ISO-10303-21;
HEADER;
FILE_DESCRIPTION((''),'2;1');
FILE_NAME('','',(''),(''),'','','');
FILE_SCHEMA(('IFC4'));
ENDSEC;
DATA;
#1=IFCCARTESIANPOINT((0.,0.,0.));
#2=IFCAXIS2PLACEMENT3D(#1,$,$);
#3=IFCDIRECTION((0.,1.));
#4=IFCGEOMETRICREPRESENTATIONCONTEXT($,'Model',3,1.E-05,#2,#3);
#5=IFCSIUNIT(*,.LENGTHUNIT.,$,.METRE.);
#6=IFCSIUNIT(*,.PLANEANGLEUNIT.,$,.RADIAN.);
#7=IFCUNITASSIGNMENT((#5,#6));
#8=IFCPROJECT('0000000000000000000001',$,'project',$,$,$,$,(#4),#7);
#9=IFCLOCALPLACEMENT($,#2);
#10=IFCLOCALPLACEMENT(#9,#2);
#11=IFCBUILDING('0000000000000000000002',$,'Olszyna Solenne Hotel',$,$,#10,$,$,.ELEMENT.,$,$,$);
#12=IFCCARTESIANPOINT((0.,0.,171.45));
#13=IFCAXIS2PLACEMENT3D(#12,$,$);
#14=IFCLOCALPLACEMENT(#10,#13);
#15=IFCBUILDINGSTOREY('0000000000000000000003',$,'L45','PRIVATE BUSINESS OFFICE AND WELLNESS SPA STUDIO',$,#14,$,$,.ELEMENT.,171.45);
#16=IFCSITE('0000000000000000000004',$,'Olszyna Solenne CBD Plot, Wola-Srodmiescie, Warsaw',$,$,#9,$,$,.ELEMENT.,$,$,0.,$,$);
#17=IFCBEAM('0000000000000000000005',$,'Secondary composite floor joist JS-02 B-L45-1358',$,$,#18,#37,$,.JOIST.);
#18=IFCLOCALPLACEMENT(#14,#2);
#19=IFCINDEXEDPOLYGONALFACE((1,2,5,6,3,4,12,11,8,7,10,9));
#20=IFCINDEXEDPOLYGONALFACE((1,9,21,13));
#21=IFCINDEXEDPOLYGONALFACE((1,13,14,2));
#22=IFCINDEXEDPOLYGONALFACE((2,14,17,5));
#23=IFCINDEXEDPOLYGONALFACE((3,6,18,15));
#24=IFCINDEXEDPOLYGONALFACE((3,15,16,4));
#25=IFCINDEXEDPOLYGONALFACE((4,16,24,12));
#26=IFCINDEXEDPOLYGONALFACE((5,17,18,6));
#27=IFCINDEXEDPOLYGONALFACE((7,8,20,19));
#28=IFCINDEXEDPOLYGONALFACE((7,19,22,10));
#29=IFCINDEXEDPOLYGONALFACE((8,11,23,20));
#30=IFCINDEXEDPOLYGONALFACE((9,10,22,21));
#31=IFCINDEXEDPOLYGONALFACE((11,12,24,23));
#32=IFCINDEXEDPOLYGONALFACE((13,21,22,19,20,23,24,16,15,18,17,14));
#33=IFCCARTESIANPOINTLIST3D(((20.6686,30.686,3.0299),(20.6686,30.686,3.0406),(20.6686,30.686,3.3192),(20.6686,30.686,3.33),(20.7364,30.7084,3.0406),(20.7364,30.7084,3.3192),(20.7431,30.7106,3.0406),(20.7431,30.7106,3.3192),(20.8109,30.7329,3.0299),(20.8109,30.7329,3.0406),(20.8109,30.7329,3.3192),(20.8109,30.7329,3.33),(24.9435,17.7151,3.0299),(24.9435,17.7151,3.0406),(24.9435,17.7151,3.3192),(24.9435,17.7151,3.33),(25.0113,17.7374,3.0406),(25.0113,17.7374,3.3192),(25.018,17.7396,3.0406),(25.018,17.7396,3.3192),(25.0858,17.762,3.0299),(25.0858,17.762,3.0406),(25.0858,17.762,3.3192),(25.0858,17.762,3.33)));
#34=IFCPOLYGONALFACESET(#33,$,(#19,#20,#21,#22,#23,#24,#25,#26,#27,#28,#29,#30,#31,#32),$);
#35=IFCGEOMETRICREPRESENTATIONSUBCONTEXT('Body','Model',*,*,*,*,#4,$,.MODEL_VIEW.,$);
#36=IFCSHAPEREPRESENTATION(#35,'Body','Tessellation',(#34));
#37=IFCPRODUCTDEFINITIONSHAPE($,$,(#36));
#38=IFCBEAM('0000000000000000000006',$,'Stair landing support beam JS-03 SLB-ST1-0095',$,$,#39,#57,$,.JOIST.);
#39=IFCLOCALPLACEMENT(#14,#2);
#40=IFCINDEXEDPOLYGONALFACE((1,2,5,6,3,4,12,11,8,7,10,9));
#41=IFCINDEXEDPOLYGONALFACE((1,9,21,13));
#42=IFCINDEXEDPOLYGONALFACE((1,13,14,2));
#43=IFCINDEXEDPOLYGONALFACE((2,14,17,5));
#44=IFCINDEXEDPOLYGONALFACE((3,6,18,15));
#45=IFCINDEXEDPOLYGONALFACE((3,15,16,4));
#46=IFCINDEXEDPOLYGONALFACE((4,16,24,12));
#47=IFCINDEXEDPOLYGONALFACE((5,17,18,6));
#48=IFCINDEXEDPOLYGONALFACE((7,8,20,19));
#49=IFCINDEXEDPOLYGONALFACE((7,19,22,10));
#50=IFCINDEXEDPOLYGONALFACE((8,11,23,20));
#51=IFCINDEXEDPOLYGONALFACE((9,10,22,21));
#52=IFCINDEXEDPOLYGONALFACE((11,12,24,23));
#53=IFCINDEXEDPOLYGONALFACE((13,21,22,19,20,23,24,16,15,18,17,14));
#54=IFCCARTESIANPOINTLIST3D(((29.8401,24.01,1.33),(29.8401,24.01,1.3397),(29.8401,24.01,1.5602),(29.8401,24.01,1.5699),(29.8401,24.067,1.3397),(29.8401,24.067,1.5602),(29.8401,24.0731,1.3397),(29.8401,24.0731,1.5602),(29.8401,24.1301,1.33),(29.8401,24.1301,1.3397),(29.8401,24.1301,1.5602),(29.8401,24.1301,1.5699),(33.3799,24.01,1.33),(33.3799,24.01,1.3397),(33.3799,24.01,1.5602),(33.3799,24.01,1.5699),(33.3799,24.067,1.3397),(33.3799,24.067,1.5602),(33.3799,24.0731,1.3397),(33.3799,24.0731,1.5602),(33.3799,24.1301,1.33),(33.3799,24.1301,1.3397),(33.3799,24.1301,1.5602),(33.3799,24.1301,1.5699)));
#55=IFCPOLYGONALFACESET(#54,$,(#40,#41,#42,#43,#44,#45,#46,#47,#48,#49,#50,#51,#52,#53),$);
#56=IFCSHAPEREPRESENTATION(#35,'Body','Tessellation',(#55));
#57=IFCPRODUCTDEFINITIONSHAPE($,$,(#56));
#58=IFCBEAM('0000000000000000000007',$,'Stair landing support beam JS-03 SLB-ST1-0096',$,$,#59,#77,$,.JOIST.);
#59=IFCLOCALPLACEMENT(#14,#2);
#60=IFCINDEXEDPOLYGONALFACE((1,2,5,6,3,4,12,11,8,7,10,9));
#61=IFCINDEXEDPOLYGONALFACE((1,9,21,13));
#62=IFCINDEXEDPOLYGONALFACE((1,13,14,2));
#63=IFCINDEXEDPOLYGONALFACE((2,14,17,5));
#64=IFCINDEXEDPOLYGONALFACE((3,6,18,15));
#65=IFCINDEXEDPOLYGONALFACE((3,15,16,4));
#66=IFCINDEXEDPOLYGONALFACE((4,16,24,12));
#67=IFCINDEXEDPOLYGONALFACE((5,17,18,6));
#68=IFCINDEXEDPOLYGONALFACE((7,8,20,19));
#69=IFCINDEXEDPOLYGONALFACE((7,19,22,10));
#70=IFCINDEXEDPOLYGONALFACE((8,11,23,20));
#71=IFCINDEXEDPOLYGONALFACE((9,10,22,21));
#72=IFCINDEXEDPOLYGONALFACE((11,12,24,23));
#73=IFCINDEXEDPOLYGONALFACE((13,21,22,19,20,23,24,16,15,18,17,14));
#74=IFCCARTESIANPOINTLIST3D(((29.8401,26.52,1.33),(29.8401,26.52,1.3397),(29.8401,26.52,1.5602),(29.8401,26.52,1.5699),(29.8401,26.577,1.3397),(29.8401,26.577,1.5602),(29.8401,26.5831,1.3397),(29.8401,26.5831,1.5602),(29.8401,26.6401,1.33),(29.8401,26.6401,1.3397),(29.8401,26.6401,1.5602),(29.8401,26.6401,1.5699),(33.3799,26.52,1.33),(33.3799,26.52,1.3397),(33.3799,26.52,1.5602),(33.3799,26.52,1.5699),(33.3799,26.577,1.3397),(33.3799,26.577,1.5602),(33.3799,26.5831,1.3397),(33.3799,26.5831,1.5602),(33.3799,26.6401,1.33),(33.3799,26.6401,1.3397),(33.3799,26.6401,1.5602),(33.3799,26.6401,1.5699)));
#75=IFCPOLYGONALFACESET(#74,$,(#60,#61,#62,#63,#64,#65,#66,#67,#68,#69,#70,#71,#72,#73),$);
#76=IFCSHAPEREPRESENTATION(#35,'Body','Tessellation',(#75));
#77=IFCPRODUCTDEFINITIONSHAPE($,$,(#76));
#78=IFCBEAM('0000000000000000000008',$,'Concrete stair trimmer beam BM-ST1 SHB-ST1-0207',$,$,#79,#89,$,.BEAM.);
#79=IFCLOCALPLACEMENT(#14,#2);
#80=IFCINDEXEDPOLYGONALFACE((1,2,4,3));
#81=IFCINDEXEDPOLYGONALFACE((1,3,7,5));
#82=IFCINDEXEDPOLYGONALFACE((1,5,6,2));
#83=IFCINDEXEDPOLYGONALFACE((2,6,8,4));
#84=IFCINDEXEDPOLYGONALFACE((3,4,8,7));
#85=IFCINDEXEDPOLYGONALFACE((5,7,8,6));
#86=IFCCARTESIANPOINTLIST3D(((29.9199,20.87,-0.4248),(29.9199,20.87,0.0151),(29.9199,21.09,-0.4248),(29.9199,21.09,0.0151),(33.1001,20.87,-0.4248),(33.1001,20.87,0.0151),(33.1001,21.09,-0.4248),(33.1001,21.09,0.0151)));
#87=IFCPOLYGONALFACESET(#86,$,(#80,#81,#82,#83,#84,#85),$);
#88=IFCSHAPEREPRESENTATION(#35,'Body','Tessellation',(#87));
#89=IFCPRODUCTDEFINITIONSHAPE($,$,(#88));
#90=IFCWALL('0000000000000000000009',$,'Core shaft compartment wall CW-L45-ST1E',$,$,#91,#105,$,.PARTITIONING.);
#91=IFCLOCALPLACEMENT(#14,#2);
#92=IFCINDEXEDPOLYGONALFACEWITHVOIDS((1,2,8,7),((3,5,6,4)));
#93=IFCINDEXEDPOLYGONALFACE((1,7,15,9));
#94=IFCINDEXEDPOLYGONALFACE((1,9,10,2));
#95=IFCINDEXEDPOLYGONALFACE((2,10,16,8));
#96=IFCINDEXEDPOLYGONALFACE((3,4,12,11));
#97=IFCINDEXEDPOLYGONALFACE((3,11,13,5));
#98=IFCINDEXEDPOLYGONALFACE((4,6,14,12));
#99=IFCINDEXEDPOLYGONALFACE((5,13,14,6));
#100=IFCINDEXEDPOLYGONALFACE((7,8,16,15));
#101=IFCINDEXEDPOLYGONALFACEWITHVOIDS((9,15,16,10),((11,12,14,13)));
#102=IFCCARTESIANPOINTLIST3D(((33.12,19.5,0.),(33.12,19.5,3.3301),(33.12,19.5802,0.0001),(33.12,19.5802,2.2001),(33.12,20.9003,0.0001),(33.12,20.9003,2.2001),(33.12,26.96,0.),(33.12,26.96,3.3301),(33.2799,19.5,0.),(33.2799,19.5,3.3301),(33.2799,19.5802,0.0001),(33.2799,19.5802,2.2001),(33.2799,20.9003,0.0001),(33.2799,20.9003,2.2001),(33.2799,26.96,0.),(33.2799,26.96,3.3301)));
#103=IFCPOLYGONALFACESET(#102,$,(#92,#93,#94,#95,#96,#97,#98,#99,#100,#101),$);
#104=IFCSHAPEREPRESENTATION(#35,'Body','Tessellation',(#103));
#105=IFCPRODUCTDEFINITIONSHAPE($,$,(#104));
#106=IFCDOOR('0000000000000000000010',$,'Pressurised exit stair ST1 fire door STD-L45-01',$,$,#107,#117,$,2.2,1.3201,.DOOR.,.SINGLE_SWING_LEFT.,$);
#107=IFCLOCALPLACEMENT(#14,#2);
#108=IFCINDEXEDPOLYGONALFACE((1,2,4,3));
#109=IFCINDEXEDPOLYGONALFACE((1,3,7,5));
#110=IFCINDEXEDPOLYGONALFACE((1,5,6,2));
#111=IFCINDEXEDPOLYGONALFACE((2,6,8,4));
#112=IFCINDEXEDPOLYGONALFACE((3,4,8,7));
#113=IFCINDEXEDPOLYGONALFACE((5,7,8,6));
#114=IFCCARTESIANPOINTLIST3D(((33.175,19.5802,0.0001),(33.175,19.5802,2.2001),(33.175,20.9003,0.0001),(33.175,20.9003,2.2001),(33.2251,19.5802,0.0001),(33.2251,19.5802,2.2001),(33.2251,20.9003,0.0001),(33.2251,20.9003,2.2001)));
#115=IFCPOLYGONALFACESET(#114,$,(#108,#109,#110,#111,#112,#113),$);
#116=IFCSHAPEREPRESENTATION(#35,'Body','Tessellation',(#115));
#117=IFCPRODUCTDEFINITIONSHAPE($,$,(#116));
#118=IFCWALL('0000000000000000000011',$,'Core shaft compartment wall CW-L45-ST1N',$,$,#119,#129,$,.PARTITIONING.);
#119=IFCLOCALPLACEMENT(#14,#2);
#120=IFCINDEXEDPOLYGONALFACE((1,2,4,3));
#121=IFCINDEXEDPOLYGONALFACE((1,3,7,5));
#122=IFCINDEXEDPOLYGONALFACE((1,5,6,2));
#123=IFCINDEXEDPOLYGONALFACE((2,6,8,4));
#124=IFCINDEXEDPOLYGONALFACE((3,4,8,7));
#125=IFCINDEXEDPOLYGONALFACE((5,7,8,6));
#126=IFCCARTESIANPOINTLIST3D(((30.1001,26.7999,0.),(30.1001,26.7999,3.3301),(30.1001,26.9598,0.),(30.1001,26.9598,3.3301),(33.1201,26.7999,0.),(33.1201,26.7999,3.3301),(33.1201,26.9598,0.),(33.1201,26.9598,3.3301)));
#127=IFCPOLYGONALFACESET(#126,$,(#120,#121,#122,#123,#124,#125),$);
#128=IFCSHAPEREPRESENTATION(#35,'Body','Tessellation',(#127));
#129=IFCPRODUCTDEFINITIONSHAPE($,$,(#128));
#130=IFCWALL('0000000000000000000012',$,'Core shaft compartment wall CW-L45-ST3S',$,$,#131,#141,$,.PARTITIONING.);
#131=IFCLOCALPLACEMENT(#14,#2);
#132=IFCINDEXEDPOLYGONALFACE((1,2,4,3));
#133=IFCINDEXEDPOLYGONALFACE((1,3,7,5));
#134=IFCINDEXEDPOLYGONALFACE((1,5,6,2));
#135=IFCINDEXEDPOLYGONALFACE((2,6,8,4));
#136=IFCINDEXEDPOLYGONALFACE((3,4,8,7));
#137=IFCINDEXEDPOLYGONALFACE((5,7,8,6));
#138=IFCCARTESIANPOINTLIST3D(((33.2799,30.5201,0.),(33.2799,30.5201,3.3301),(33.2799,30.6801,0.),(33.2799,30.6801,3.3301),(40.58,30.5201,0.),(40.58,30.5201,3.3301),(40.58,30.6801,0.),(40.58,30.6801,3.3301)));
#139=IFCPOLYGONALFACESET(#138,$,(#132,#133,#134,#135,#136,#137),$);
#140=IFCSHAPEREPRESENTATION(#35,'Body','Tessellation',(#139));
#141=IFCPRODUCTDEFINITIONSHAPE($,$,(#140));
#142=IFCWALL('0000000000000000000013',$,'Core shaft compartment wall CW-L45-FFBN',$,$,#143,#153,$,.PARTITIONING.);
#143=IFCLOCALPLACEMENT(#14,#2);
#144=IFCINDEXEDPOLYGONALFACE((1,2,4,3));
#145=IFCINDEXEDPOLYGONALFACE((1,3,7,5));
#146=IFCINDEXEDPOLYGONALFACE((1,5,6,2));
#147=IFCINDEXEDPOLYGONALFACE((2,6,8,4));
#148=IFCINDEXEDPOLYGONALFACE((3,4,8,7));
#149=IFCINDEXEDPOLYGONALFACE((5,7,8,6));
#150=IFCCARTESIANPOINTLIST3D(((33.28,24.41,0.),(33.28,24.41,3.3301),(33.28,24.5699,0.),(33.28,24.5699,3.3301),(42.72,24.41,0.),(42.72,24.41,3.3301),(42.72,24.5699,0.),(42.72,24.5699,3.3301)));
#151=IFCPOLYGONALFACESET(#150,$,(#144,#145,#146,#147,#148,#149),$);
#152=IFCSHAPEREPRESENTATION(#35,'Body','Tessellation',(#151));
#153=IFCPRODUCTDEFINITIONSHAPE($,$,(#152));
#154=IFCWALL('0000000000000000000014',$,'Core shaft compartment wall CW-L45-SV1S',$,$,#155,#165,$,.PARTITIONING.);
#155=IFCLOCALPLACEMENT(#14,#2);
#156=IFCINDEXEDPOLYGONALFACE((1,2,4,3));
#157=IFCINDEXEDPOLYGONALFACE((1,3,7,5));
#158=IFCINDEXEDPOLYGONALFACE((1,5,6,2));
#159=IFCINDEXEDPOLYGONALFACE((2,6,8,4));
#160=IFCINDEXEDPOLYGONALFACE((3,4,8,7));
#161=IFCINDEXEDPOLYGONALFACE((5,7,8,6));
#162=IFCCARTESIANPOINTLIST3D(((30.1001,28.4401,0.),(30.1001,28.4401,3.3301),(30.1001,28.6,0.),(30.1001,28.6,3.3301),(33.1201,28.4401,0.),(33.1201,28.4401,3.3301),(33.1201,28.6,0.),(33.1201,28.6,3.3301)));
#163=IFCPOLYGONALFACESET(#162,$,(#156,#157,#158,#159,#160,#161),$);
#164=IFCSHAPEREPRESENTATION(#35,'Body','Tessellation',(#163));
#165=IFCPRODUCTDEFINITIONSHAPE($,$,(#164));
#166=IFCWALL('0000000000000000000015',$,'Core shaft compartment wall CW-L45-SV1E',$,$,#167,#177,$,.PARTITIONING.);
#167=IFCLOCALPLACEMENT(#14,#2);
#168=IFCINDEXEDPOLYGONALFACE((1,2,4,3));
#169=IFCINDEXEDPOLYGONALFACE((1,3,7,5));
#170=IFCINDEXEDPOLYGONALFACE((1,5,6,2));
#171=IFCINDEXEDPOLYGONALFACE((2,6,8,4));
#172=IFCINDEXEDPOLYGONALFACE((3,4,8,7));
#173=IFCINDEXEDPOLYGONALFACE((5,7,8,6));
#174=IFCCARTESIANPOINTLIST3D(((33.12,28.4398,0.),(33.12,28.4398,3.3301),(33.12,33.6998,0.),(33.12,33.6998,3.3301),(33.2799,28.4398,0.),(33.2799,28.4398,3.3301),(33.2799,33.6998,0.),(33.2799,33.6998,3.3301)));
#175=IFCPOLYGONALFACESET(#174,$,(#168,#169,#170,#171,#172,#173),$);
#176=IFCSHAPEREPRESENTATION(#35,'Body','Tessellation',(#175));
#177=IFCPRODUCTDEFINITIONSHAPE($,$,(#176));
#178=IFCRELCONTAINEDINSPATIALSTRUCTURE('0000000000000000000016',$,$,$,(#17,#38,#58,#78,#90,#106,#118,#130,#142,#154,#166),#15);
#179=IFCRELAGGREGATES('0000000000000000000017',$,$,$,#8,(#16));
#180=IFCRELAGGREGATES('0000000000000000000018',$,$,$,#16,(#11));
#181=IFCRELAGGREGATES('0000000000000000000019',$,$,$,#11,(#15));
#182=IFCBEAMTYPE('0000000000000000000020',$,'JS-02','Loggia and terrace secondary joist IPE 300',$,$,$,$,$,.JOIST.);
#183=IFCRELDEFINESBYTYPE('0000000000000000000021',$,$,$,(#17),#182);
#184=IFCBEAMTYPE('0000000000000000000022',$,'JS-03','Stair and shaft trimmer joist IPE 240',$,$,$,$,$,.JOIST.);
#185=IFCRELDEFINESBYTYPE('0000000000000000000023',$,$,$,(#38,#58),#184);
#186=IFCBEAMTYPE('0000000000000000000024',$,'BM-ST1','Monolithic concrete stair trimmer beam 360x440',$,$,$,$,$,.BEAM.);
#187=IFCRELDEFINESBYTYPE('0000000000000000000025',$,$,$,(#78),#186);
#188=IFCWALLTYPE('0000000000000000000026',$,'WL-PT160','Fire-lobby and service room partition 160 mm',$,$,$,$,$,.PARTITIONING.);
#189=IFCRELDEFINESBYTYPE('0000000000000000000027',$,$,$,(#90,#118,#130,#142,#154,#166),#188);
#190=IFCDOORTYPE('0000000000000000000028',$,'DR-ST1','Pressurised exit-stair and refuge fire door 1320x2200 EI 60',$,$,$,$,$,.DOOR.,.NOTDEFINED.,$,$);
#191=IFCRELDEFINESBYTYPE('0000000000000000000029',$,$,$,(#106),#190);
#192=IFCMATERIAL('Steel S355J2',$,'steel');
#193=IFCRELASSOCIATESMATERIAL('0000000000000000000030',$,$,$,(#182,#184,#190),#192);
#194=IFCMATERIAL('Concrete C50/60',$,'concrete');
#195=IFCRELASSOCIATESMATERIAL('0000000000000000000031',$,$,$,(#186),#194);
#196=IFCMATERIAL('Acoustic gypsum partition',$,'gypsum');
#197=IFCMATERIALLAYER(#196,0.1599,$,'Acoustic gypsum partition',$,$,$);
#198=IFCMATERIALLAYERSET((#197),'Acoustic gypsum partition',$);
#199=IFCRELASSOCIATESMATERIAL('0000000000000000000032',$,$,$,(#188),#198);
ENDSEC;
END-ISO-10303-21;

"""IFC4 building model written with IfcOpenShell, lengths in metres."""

from ifc_helpers import new_model, si_unit, direction, frame, frame_2d, origin, origin_2d, place, context, subcontext, project, spatial, rectangle, i_section, extrude, source, transform, mapped, material, layer, layer_set, material_profile, profile_set, type_object, type_shapes, element, fill, save


model = new_model("IFC4")

# Units and contexts
model_context = context("Model", 3, precision=1e-05, world=origin(), true_north=direction((0.0, 1.0)))
body_context = subcontext(model_context, "Body", "Model", "MODEL_VIEW")
ifc_project = project(units=[si_unit("LENGTHUNIT", "METRE"), si_unit("PLANEANGLEUNIT", "RADIAN")], contexts=[model_context])

# Site, building, storey
site_placement = place(None, origin())
site = spatial("IfcSite", under=ifc_project, at=site_placement, Name="Olszyna Solenne CBD Plot, Wola-Srodmiescie, Warsaw", CompositionType="ELEMENT", RefElevation=0.0)
building_placement = place(site_placement, origin())
building = spatial("IfcBuilding", under=site, at=building_placement, Name="Olszyna Solenne Hotel", CompositionType="ELEMENT")
storey_placement = place(building_placement, frame((0.0, 0.0, 171.45)))
storey = spatial("IfcBuildingStorey", under=building, at=storey_placement, Name="L45", Description="PRIVATE BUSINESS OFFICE AND WELLNESS SPA STUDIO", CompositionType="ELEMENT", Elevation=171.45)

# Beams
ifc_material_1 = material(Name="Steel S355J2", Category="steel")
ifc_material_profile_1 = material_profile(ifc_material_1, i_section(OverallWidth=0.1499, OverallDepth=0.3, WebThickness=0.0071, FlangeThickness=0.0107, at=origin_2d()), Name="IPE 300", Category="load-bearing")
ifc_profile_set_1 = profile_set([ifc_material_profile_1], Name="Steel S355J2")
beam_type_1 = type_object("IfcBeamType", Name="JS-02", Description="Loggia and terrace secondary joist IPE 300", PredefinedType="JOIST", material=ifc_profile_set_1)
shared_shape_1 = source(origin(), body_context, "Body", "SweptSolid", [
    extrude(i_section(OverallWidth=0.1499, OverallDepth=0.3, WebThickness=0.0071, FlangeThickness=0.0107, at=origin_2d()), origin(), (0.0, 0.0, 1.0), 13.6572),
])
beam_1_placement = place(storey_placement, frame((20.7397, 30.7095, 3.1799), z_axis=(0.313014, -0.949749, 0.0), x_axis=(0.949749, 0.313014, 0.0)))
element("IfcBeam", 1, at=beam_1_placement, inside=storey, type_object=beam_type_1, Name="Secondary composite floor joist JS-02 B-L45-1358", PredefinedType="JOIST", context=body_context, shape_type="MappedRepresentation", body=[
    mapped(shared_shape_1, transform((0.0, 0.0, 0.0), x_axis=(1.0, 0.0, 0.0), y_axis=(0.0, 1.0, 0.0), z_axis=(0.0, 0.0, 1.0), scale=1.0)),
])
ifc_material_profile_2 = material_profile(ifc_material_1, i_section(OverallWidth=0.1201, OverallDepth=0.24, WebThickness=0.0061, FlangeThickness=0.0098, at=origin_2d()), Name="IPE 240", Category="load-bearing")
ifc_profile_set_2 = profile_set([ifc_material_profile_2], Name="Steel S355J2")
beam_type_2 = type_object("IfcBeamType", Name="JS-03", Description="Stair and shaft trimmer joist IPE 240", PredefinedType="JOIST", material=ifc_profile_set_2)
shared_shape_2 = source(origin(), body_context, "Body", "SweptSolid", [
    extrude(i_section(OverallWidth=0.1201, OverallDepth=0.24, WebThickness=0.0061, FlangeThickness=0.0098, at=origin_2d()), origin(), (0.0, 0.0, 1.0), 3.5398),
])
for number, where, z_axis, x_axis, name in (
    (2, (33.3799, 24.0701, 1.45), (-1.0, 0.0, 0.0), (0.0, -1.0, 0.0), "Stair landing support beam JS-03 SLB-ST1-0095"),
    (3, (33.3799, 26.5801, 1.45), (-1.0, 0.0, 0.0), (0.0, -1.0, 0.0), "Stair landing support beam JS-03 SLB-ST1-0096"),
):
    element("IfcBeam", number, at=place(storey_placement, frame(where, z_axis=z_axis, x_axis=x_axis)), inside=storey, type_object=beam_type_2, Name=name, PredefinedType="JOIST", context=body_context, shape_type="MappedRepresentation", body=[
        mapped(shared_shape_2, transform((0.0, 0.0, 0.0), x_axis=(1.0, 0.0, 0.0), y_axis=(0.0, 1.0, 0.0), z_axis=(0.0, 0.0, 1.0), scale=1.0)),
    ])
ifc_material_2 = material(Name="Concrete C50/60", Category="concrete")
ifc_material_profile_3 = material_profile(ifc_material_2, rectangle(XDim=0.22, YDim=0.4399, at=origin_2d()), Name="RC 220x440", Category="load-bearing")
ifc_profile_set_3 = profile_set([ifc_material_profile_3], Name="Concrete C50/60")
beam_type_3 = type_object("IfcBeamType", Name="BM-ST1", Description="Monolithic concrete stair trimmer beam 360x440", PredefinedType="BEAM", material=ifc_profile_set_3)
shared_shape_3 = source(origin(), body_context, "Body", "SweptSolid", [
    extrude(rectangle(XDim=0.22, YDim=0.4399, at=origin_2d()), origin(), (0.0, 0.0, 1.0), 3.1802),
])
beam_2_placement = place(storey_placement, frame((33.1001, 20.98, -0.2048), z_axis=(-1.0, 0.0, 0.0), x_axis=(0.0, -1.0, 0.0)))
element("IfcBeam", 4, at=beam_2_placement, inside=storey, type_object=beam_type_3, Name="Concrete stair trimmer beam BM-ST1 SHB-ST1-0207", PredefinedType="BEAM", context=body_context, shape_type="MappedRepresentation", body=[
    mapped(shared_shape_3, transform((0.0, 0.0, 0.0), x_axis=(1.0, 0.0, 0.0), y_axis=(0.0, 1.0, 0.0), z_axis=(0.0, 0.0, 1.0), scale=1.0)),
])

# Wall, opening, door
ifc_material_3 = material(Name="Acoustic gypsum partition", Category="gypsum")
ifc_layer_1 = layer(ifc_material_3, 0.1599, Name="Acoustic gypsum partition")
ifc_layer_set_1 = layer_set([ifc_layer_1], Name="Acoustic gypsum partition")
wall_type_1 = type_object("IfcWallType", Name="WL-PT160", Description="Fire-lobby and service room partition 160 mm", PredefinedType="PARTITIONING", material=ifc_layer_set_1)
wall_1_placement = place(storey_placement, frame((33.2, 19.5, 0.0), z_axis=(0.0, 0.0, 1.0), x_axis=(0.0, 1.0, 0.0)))
wall_1 = element("IfcWall", 5, at=wall_1_placement, inside=storey, type_object=wall_type_1, Name="Core shaft compartment wall CW-L45-ST1E", PredefinedType="PARTITIONING", context=body_context, shape_type="SweptSolid", body=[
    extrude(rectangle(XDim=7.46, YDim=0.1599, at=frame_2d((3.73, 0.0))), origin(), (0.0, 0.0, 1.0), 3.3301),
])
opening_1_placement = place(wall_1_placement, frame((0.0801, 0.0, 0.0)))
opening_1 = element("IfcOpeningElement", 6, at=opening_1_placement, cuts=wall_1, PredefinedType="OPENING", context=body_context, shape_type="SweptSolid", body=[
    extrude(rectangle(XDim=1.3201, YDim=2.2, at=frame_2d((0.6602, 1.1001))), frame((0.0, 0.0898, 0.0), z_axis=(0.0, -1.0, 0.0), x_axis=(1.0, 0.0, 0.0)), (0.0, 0.0, 1.0), 0.1799),
])
door_type_1 = type_object("IfcDoorType", Name="DR-ST1", Description="Pressurised exit-stair and refuge fire door 1320x2200 EI 60", OperationType="NOTDEFINED", PredefinedType="DOOR", material=ifc_material_1)
shared_shape_4 = source(origin(), body_context, "Body", "SweptSolid", [
    extrude(rectangle(XDim=1.3201, YDim=2.2, at=frame_2d((0.6602, 1.1001))), frame((0.0, 0.0249, 0.0), z_axis=(0.0, -1.0, 0.0), x_axis=(1.0, 0.0, 0.0)), (0.0, 0.0, 1.0), 0.05),
])
type_shapes(door_type_1, [shared_shape_4])
door_1_placement = place(opening_1_placement, origin())
door_1 = element("IfcDoor", 7, at=door_1_placement, inside=storey, type_object=door_type_1, Name="Pressurised exit stair ST1 fire door STD-L45-01", OperationType="SINGLE_SWING_LEFT", OverallHeight=2.2, OverallWidth=1.3201, PredefinedType="DOOR", context=body_context, shape_type="MappedRepresentation", body=[
    mapped(shared_shape_4, transform((0.0, 0.0, 0.0), x_axis=(1.0, 0.0, 0.0), y_axis=(0.0, 1.0, 0.0), z_axis=(0.0, 0.0, 1.0), scale=1.0)),
])
fill(opening_1, door_1)

# Walls
wall_2_placement = place(storey_placement, frame((30.1001, 26.8799, 0.0), z_axis=(0.0, 0.0, 1.0), x_axis=(1.0, 0.0, 0.0)))
element("IfcWall", 8, at=wall_2_placement, inside=storey, type_object=wall_type_1, Name="Core shaft compartment wall CW-L45-ST1N", PredefinedType="PARTITIONING", context=body_context, shape_type="SweptSolid", body=[
    extrude(rectangle(XDim=3.02, YDim=0.1599, at=frame_2d((1.51, 0.0))), origin(), (0.0, 0.0, 1.0), 3.3301),
])
wall_3_placement = place(storey_placement, frame((33.28, 30.6001, 0.0), z_axis=(0.0, 0.0, 1.0), x_axis=(1.0, 0.0, 0.0)))
element("IfcWall", 9, at=wall_3_placement, inside=storey, type_object=wall_type_1, Name="Core shaft compartment wall CW-L45-ST3S", PredefinedType="PARTITIONING", context=body_context, shape_type="SweptSolid", body=[
    extrude(rectangle(XDim=7.3, YDim=0.1599, at=frame_2d((3.6499, 0.0))), origin(), (0.0, 0.0, 1.0), 3.3301),
])
wall_4_placement = place(storey_placement, frame((33.28, 24.49, 0.0), z_axis=(0.0, 0.0, 1.0), x_axis=(1.0, 0.0, 0.0)))
element("IfcWall", 10, at=wall_4_placement, inside=storey, type_object=wall_type_1, Name="Core shaft compartment wall CW-L45-FFBN", PredefinedType="PARTITIONING", context=body_context, shape_type="SweptSolid", body=[
    extrude(rectangle(XDim=9.4399, YDim=0.1599, at=frame_2d((4.72, 0.0))), origin(), (0.0, 0.0, 1.0), 3.3301),
])
wall_5_placement = place(storey_placement, frame((30.1001, 28.52, 0.0), z_axis=(0.0, 0.0, 1.0), x_axis=(1.0, 0.0, 0.0)))
element("IfcWall", 11, at=wall_5_placement, inside=storey, type_object=wall_type_1, Name="Core shaft compartment wall CW-L45-SV1S", PredefinedType="PARTITIONING", context=body_context, shape_type="SweptSolid", body=[
    extrude(rectangle(XDim=3.02, YDim=0.1599, at=frame_2d((1.51, 0.0))), origin(), (0.0, 0.0, 1.0), 3.3301),
])
wall_6_placement = place(storey_placement, frame((33.2, 28.4399, 0.0), z_axis=(0.0, 0.0, 1.0), x_axis=(0.0, 1.0, 0.0)))
element("IfcWall", 12, at=wall_6_placement, inside=storey, type_object=wall_type_1, Name="Core shaft compartment wall CW-L45-SV1E", PredefinedType="PARTITIONING", context=body_context, shape_type="SweptSolid", body=[
    extrude(rectangle(XDim=5.26, YDim=0.1599, at=frame_2d((2.6299, 0.0))), origin(), (0.0, 0.0, 1.0), 3.3301),
])

save(model, "model.ifc")
